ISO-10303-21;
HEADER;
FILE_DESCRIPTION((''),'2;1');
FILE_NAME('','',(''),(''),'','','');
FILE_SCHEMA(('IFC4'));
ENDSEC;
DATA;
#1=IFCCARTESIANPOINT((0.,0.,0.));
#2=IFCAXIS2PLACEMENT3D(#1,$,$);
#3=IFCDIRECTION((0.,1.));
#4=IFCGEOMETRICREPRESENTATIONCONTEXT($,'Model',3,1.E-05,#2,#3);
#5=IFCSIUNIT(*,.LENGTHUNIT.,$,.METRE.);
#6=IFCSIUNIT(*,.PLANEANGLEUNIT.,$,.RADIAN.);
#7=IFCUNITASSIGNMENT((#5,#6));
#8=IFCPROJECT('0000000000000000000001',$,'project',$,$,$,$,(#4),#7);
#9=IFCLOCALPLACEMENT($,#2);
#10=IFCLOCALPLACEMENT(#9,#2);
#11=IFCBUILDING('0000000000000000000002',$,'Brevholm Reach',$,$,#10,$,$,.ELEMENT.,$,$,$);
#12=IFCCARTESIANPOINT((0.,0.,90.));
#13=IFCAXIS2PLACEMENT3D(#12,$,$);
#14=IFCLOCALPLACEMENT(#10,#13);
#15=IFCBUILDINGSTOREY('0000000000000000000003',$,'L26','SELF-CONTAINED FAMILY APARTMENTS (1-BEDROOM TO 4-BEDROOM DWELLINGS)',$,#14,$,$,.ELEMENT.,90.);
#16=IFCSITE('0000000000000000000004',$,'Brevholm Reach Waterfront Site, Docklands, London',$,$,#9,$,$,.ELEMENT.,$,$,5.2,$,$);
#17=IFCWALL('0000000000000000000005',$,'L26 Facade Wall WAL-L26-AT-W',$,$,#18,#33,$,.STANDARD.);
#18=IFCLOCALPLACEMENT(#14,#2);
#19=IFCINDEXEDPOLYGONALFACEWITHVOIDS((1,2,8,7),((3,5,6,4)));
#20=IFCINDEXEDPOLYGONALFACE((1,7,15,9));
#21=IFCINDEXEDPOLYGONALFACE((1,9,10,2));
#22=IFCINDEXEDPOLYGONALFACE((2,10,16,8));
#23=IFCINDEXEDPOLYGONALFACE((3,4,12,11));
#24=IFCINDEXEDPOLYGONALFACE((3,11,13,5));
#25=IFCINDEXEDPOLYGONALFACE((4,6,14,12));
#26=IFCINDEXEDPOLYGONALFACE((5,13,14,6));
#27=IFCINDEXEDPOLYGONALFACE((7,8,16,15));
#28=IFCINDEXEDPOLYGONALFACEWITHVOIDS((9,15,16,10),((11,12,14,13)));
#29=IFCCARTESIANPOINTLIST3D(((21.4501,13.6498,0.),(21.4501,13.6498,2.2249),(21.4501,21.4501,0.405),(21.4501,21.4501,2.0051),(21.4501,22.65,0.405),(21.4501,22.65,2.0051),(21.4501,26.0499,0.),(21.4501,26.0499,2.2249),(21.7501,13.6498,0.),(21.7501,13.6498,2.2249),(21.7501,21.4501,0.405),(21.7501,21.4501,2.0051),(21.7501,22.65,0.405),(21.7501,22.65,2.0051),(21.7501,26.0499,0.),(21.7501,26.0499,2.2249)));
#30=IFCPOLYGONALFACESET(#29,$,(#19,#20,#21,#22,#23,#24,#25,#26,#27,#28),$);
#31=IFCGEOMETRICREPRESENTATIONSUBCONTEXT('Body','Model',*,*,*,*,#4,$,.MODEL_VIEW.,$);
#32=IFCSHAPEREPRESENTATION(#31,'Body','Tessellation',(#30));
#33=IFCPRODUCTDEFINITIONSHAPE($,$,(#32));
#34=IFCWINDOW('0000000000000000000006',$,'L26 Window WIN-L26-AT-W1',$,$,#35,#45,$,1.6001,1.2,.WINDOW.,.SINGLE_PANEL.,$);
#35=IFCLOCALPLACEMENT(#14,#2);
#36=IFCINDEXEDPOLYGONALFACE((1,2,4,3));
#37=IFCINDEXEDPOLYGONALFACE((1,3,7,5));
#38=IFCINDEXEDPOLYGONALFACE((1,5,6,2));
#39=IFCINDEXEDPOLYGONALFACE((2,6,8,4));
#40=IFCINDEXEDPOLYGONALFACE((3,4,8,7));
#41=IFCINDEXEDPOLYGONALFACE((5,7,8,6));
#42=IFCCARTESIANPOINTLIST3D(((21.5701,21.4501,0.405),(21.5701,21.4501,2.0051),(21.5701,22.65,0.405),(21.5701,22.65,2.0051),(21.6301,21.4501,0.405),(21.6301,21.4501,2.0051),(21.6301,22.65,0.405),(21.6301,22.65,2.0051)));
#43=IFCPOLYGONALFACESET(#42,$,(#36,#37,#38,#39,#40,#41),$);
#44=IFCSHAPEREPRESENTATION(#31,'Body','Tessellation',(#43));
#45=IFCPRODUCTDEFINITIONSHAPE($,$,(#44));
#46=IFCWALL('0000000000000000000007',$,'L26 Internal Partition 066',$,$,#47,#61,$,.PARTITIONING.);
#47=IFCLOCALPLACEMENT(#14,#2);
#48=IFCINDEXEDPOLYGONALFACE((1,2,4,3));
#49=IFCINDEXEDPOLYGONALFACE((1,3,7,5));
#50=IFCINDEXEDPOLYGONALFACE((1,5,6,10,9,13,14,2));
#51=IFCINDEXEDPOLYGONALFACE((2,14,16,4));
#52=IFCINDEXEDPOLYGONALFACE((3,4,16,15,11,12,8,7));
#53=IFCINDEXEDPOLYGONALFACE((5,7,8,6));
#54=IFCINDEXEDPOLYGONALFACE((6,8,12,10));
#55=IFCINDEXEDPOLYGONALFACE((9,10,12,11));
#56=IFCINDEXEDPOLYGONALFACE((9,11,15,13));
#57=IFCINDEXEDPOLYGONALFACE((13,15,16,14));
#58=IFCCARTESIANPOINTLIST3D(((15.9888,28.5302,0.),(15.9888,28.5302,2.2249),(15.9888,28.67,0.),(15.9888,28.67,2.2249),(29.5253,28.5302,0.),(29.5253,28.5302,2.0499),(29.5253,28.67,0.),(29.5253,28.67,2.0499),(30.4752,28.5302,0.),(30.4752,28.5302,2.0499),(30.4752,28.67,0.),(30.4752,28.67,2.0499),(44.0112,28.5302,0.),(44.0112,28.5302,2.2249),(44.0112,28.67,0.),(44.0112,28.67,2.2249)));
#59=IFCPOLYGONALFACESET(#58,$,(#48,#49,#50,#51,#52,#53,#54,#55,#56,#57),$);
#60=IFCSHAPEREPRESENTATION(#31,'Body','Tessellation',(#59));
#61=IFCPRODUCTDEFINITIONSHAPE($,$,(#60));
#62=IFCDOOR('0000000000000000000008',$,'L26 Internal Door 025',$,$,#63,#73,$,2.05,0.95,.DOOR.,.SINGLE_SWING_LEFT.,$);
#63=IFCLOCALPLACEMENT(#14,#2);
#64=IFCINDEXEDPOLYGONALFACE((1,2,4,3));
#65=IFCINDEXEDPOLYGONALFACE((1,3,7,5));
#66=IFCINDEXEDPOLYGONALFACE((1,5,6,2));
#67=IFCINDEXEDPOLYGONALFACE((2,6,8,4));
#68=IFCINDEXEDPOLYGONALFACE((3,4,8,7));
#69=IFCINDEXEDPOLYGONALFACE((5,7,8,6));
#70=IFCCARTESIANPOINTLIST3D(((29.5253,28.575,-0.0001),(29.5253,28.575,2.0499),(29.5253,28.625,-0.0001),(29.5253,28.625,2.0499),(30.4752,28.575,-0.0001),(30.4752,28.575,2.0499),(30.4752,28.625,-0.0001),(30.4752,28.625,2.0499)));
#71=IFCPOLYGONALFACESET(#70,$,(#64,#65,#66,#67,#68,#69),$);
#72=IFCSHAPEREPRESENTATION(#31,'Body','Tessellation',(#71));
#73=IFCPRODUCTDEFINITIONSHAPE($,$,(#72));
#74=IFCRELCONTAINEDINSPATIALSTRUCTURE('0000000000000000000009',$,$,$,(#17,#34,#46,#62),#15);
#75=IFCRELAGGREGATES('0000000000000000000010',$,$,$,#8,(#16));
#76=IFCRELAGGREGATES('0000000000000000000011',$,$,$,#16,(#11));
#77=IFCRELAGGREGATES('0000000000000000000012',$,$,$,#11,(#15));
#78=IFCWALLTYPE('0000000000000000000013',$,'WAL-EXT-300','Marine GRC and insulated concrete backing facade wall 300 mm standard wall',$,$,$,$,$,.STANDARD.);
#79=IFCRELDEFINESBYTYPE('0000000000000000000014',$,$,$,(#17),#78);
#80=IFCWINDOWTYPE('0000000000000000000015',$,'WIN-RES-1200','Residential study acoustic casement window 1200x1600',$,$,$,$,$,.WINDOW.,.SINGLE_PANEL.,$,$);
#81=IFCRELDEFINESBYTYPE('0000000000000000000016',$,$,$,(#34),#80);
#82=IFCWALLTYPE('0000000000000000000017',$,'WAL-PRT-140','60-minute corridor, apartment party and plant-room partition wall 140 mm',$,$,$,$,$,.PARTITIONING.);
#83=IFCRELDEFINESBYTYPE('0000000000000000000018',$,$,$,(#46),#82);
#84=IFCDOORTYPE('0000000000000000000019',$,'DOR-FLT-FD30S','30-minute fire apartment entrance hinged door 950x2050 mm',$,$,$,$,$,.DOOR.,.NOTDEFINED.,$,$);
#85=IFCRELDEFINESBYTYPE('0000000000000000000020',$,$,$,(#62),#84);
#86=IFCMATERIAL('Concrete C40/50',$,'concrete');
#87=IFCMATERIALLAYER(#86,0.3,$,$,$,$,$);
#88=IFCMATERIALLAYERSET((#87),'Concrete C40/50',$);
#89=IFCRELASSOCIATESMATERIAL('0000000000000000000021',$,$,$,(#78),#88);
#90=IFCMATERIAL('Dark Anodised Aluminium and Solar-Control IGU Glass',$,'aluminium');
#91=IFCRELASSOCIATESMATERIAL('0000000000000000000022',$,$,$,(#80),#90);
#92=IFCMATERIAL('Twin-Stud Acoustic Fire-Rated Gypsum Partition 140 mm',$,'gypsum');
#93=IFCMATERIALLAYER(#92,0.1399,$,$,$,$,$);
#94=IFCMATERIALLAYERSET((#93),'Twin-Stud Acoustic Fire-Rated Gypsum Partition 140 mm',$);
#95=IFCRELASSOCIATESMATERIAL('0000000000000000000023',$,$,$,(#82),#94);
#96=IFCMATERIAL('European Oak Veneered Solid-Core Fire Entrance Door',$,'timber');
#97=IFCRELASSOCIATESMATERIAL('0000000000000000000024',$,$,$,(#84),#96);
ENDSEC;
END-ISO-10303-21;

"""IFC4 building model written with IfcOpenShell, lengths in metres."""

from ifc_helpers import new_model, si_unit, direction, frame, frame_2d, origin, place, context, subcontext, project, spatial, rectangle, extrude, material, layer, layer_set, type_object, element, fill, save


model = new_model("IFC4")

# Units and contexts
model_context = context("Model", 3, precision=1e-05, world=origin(), true_north=direction((0.0, 1.0)))
body_context = subcontext(model_context, "Body", "Model", "MODEL_VIEW")
ifc_project = project(units=[si_unit("LENGTHUNIT", "METRE"), si_unit("PLANEANGLEUNIT", "RADIAN")], contexts=[model_context])

# Site, building, storey
site_placement = place(None, origin())
site = spatial("IfcSite", under=ifc_project, at=site_placement, Name="Brevholm Reach Waterfront Site, Docklands, London", CompositionType="ELEMENT", RefElevation=5.2)
building_placement = place(site_placement, origin())
building = spatial("IfcBuilding", under=site, at=building_placement, Name="Brevholm Reach", CompositionType="ELEMENT")
storey_placement = place(building_placement, frame((0.0, 0.0, 90.0)))
storey = spatial("IfcBuildingStorey", under=building, at=storey_placement, Name="L26", Description="SELF-CONTAINED FAMILY APARTMENTS (1-BEDROOM TO 4-BEDROOM DWELLINGS)", CompositionType="ELEMENT", Elevation=90.0)

# Wall, opening, window
ifc_material_1 = material(Name="Concrete C40/50", Category="concrete")
ifc_layer_1 = layer(ifc_material_1, 0.3)
ifc_layer_set_1 = layer_set([ifc_layer_1], Name="Concrete C40/50")
wall_type_1 = type_object("IfcWallType", Name="WAL-EXT-300", Description="Marine GRC and insulated concrete backing facade wall 300 mm standard wall", PredefinedType="STANDARD", material=ifc_layer_set_1)
wall_1_placement = place(storey_placement, frame((21.6001, 26.05, 0.0), z_axis=(0.0, 0.0, 1.0), x_axis=(0.0, -1.0, 0.0)))
wall_1 = element("IfcWall", 1, at=wall_1_placement, inside=storey, type_object=wall_type_1, Name="L26 Facade Wall WAL-L26-AT-W", PredefinedType="STANDARD", context=body_context, shape_type="SweptSolid", body=[
    extrude(rectangle(XDim=12.4001, YDim=0.3, at=frame_2d((6.2002, 0.0))), origin(), (0.0, 0.0, 1.0), 2.2249),
])
opening_1_placement = place(wall_1_placement, frame((3.3999, 0.0, 0.405)))
opening_1 = element("IfcOpeningElement", 2, at=opening_1_placement, cuts=wall_1, PredefinedType="OPENING", context=body_context, shape_type="SweptSolid", body=[
    extrude(rectangle(XDim=1.2, YDim=1.6001, at=frame_2d((0.6001, 0.8))), frame((0.0, 0.1599, 0.0), z_axis=(0.0, -1.0, 0.0), x_axis=(1.0, 0.0, 0.0)), (0.0, 0.0, 1.0), 0.3201),
])
ifc_material_2 = material(Name="Dark Anodised Aluminium and Solar-Control IGU Glass", Category="aluminium")
window_type = type_object("IfcWindowType", Name="WIN-RES-1200", Description="Residential study acoustic casement window 1200x1600", PartitioningType="SINGLE_PANEL", PredefinedType="WINDOW", material=ifc_material_2)
window_placement = place(opening_1_placement, origin())
window = element("IfcWindow", 3, at=window_placement, inside=storey, type_object=window_type, Name="L26 Window WIN-L26-AT-W1", OverallHeight=1.6001, OverallWidth=1.2, PartitioningType="SINGLE_PANEL", PredefinedType="WINDOW", context=body_context, shape_type="SweptSolid", body=[
    extrude(rectangle(XDim=1.2, YDim=1.6001, at=frame_2d((0.6001, 0.8))), frame((0.0, 0.03, 0.0), z_axis=(0.0, -1.0, 0.0), x_axis=(1.0, 0.0, 0.0)), (0.0, 0.0, 1.0), 0.0601),
])
fill(opening_1, window)

# Wall, opening, door
ifc_material_3 = material(Name="Twin-Stud Acoustic Fire-Rated Gypsum Partition 140 mm", Category="gypsum")
ifc_layer_2 = layer(ifc_material_3, 0.1399)
ifc_layer_set_2 = layer_set([ifc_layer_2], Name="Twin-Stud Acoustic Fire-Rated Gypsum Partition 140 mm")
wall_type_2 = type_object("IfcWallType", Name="WAL-PRT-140", Description="60-minute corridor, apartment party and plant-room partition wall 140 mm", PredefinedType="PARTITIONING", material=ifc_layer_set_2)
wall_2_placement = place(storey_placement, frame((15.9888, 28.6001, 0.0), z_axis=(0.0, 0.0, 1.0), x_axis=(1.0, 0.0, 0.0)))
wall_2 = element("IfcWall", 4, at=wall_2_placement, inside=storey, type_object=wall_type_2, Name="L26 Internal Partition 066", PredefinedType="PARTITIONING", context=body_context, shape_type="SweptSolid", body=[
    extrude(rectangle(XDim=28.0225, YDim=0.1399, at=frame_2d((14.0112, 0.0))), origin(), (0.0, 0.0, 1.0), 2.2249),
])
opening_2_placement = place(wall_2_placement, frame((13.5364, 0.0, 0.0)))
opening_2 = element("IfcOpeningElement", 5, at=opening_2_placement, cuts=wall_2, PredefinedType="OPENING", context=body_context, shape_type="SweptSolid", body=[
    extrude(rectangle(XDim=0.95, YDim=2.05, at=frame_2d((0.4751, 1.0249))), frame((0.0, 0.0798, 0.0), z_axis=(0.0, -1.0, 0.0), x_axis=(1.0, 0.0, 0.0)), (0.0, 0.0, 1.0), 0.1599),
])
ifc_material_4 = material(Name="European Oak Veneered Solid-Core Fire Entrance Door", Category="timber")
door_type = type_object("IfcDoorType", Name="DOR-FLT-FD30S", Description="30-minute fire apartment entrance hinged door 950x2050 mm", OperationType="NOTDEFINED", PredefinedType="DOOR", material=ifc_material_4)
door_placement = place(opening_2_placement, origin())
door = element("IfcDoor", 6, at=door_placement, inside=storey, type_object=door_type, Name="L26 Internal Door 025", OperationType="SINGLE_SWING_LEFT", OverallHeight=2.05, OverallWidth=0.95, PredefinedType="DOOR", context=body_context, shape_type="SweptSolid", body=[
    extrude(rectangle(XDim=0.95, YDim=2.05, at=frame_2d((0.4751, 1.0249))), frame((0.0, 0.0249, 0.0), z_axis=(0.0, -1.0, 0.0), x_axis=(1.0, 0.0, 0.0)), (0.0, 0.0, 1.0), 0.05),
])
fill(opening_2, door)

save(model, "model.ifc")
